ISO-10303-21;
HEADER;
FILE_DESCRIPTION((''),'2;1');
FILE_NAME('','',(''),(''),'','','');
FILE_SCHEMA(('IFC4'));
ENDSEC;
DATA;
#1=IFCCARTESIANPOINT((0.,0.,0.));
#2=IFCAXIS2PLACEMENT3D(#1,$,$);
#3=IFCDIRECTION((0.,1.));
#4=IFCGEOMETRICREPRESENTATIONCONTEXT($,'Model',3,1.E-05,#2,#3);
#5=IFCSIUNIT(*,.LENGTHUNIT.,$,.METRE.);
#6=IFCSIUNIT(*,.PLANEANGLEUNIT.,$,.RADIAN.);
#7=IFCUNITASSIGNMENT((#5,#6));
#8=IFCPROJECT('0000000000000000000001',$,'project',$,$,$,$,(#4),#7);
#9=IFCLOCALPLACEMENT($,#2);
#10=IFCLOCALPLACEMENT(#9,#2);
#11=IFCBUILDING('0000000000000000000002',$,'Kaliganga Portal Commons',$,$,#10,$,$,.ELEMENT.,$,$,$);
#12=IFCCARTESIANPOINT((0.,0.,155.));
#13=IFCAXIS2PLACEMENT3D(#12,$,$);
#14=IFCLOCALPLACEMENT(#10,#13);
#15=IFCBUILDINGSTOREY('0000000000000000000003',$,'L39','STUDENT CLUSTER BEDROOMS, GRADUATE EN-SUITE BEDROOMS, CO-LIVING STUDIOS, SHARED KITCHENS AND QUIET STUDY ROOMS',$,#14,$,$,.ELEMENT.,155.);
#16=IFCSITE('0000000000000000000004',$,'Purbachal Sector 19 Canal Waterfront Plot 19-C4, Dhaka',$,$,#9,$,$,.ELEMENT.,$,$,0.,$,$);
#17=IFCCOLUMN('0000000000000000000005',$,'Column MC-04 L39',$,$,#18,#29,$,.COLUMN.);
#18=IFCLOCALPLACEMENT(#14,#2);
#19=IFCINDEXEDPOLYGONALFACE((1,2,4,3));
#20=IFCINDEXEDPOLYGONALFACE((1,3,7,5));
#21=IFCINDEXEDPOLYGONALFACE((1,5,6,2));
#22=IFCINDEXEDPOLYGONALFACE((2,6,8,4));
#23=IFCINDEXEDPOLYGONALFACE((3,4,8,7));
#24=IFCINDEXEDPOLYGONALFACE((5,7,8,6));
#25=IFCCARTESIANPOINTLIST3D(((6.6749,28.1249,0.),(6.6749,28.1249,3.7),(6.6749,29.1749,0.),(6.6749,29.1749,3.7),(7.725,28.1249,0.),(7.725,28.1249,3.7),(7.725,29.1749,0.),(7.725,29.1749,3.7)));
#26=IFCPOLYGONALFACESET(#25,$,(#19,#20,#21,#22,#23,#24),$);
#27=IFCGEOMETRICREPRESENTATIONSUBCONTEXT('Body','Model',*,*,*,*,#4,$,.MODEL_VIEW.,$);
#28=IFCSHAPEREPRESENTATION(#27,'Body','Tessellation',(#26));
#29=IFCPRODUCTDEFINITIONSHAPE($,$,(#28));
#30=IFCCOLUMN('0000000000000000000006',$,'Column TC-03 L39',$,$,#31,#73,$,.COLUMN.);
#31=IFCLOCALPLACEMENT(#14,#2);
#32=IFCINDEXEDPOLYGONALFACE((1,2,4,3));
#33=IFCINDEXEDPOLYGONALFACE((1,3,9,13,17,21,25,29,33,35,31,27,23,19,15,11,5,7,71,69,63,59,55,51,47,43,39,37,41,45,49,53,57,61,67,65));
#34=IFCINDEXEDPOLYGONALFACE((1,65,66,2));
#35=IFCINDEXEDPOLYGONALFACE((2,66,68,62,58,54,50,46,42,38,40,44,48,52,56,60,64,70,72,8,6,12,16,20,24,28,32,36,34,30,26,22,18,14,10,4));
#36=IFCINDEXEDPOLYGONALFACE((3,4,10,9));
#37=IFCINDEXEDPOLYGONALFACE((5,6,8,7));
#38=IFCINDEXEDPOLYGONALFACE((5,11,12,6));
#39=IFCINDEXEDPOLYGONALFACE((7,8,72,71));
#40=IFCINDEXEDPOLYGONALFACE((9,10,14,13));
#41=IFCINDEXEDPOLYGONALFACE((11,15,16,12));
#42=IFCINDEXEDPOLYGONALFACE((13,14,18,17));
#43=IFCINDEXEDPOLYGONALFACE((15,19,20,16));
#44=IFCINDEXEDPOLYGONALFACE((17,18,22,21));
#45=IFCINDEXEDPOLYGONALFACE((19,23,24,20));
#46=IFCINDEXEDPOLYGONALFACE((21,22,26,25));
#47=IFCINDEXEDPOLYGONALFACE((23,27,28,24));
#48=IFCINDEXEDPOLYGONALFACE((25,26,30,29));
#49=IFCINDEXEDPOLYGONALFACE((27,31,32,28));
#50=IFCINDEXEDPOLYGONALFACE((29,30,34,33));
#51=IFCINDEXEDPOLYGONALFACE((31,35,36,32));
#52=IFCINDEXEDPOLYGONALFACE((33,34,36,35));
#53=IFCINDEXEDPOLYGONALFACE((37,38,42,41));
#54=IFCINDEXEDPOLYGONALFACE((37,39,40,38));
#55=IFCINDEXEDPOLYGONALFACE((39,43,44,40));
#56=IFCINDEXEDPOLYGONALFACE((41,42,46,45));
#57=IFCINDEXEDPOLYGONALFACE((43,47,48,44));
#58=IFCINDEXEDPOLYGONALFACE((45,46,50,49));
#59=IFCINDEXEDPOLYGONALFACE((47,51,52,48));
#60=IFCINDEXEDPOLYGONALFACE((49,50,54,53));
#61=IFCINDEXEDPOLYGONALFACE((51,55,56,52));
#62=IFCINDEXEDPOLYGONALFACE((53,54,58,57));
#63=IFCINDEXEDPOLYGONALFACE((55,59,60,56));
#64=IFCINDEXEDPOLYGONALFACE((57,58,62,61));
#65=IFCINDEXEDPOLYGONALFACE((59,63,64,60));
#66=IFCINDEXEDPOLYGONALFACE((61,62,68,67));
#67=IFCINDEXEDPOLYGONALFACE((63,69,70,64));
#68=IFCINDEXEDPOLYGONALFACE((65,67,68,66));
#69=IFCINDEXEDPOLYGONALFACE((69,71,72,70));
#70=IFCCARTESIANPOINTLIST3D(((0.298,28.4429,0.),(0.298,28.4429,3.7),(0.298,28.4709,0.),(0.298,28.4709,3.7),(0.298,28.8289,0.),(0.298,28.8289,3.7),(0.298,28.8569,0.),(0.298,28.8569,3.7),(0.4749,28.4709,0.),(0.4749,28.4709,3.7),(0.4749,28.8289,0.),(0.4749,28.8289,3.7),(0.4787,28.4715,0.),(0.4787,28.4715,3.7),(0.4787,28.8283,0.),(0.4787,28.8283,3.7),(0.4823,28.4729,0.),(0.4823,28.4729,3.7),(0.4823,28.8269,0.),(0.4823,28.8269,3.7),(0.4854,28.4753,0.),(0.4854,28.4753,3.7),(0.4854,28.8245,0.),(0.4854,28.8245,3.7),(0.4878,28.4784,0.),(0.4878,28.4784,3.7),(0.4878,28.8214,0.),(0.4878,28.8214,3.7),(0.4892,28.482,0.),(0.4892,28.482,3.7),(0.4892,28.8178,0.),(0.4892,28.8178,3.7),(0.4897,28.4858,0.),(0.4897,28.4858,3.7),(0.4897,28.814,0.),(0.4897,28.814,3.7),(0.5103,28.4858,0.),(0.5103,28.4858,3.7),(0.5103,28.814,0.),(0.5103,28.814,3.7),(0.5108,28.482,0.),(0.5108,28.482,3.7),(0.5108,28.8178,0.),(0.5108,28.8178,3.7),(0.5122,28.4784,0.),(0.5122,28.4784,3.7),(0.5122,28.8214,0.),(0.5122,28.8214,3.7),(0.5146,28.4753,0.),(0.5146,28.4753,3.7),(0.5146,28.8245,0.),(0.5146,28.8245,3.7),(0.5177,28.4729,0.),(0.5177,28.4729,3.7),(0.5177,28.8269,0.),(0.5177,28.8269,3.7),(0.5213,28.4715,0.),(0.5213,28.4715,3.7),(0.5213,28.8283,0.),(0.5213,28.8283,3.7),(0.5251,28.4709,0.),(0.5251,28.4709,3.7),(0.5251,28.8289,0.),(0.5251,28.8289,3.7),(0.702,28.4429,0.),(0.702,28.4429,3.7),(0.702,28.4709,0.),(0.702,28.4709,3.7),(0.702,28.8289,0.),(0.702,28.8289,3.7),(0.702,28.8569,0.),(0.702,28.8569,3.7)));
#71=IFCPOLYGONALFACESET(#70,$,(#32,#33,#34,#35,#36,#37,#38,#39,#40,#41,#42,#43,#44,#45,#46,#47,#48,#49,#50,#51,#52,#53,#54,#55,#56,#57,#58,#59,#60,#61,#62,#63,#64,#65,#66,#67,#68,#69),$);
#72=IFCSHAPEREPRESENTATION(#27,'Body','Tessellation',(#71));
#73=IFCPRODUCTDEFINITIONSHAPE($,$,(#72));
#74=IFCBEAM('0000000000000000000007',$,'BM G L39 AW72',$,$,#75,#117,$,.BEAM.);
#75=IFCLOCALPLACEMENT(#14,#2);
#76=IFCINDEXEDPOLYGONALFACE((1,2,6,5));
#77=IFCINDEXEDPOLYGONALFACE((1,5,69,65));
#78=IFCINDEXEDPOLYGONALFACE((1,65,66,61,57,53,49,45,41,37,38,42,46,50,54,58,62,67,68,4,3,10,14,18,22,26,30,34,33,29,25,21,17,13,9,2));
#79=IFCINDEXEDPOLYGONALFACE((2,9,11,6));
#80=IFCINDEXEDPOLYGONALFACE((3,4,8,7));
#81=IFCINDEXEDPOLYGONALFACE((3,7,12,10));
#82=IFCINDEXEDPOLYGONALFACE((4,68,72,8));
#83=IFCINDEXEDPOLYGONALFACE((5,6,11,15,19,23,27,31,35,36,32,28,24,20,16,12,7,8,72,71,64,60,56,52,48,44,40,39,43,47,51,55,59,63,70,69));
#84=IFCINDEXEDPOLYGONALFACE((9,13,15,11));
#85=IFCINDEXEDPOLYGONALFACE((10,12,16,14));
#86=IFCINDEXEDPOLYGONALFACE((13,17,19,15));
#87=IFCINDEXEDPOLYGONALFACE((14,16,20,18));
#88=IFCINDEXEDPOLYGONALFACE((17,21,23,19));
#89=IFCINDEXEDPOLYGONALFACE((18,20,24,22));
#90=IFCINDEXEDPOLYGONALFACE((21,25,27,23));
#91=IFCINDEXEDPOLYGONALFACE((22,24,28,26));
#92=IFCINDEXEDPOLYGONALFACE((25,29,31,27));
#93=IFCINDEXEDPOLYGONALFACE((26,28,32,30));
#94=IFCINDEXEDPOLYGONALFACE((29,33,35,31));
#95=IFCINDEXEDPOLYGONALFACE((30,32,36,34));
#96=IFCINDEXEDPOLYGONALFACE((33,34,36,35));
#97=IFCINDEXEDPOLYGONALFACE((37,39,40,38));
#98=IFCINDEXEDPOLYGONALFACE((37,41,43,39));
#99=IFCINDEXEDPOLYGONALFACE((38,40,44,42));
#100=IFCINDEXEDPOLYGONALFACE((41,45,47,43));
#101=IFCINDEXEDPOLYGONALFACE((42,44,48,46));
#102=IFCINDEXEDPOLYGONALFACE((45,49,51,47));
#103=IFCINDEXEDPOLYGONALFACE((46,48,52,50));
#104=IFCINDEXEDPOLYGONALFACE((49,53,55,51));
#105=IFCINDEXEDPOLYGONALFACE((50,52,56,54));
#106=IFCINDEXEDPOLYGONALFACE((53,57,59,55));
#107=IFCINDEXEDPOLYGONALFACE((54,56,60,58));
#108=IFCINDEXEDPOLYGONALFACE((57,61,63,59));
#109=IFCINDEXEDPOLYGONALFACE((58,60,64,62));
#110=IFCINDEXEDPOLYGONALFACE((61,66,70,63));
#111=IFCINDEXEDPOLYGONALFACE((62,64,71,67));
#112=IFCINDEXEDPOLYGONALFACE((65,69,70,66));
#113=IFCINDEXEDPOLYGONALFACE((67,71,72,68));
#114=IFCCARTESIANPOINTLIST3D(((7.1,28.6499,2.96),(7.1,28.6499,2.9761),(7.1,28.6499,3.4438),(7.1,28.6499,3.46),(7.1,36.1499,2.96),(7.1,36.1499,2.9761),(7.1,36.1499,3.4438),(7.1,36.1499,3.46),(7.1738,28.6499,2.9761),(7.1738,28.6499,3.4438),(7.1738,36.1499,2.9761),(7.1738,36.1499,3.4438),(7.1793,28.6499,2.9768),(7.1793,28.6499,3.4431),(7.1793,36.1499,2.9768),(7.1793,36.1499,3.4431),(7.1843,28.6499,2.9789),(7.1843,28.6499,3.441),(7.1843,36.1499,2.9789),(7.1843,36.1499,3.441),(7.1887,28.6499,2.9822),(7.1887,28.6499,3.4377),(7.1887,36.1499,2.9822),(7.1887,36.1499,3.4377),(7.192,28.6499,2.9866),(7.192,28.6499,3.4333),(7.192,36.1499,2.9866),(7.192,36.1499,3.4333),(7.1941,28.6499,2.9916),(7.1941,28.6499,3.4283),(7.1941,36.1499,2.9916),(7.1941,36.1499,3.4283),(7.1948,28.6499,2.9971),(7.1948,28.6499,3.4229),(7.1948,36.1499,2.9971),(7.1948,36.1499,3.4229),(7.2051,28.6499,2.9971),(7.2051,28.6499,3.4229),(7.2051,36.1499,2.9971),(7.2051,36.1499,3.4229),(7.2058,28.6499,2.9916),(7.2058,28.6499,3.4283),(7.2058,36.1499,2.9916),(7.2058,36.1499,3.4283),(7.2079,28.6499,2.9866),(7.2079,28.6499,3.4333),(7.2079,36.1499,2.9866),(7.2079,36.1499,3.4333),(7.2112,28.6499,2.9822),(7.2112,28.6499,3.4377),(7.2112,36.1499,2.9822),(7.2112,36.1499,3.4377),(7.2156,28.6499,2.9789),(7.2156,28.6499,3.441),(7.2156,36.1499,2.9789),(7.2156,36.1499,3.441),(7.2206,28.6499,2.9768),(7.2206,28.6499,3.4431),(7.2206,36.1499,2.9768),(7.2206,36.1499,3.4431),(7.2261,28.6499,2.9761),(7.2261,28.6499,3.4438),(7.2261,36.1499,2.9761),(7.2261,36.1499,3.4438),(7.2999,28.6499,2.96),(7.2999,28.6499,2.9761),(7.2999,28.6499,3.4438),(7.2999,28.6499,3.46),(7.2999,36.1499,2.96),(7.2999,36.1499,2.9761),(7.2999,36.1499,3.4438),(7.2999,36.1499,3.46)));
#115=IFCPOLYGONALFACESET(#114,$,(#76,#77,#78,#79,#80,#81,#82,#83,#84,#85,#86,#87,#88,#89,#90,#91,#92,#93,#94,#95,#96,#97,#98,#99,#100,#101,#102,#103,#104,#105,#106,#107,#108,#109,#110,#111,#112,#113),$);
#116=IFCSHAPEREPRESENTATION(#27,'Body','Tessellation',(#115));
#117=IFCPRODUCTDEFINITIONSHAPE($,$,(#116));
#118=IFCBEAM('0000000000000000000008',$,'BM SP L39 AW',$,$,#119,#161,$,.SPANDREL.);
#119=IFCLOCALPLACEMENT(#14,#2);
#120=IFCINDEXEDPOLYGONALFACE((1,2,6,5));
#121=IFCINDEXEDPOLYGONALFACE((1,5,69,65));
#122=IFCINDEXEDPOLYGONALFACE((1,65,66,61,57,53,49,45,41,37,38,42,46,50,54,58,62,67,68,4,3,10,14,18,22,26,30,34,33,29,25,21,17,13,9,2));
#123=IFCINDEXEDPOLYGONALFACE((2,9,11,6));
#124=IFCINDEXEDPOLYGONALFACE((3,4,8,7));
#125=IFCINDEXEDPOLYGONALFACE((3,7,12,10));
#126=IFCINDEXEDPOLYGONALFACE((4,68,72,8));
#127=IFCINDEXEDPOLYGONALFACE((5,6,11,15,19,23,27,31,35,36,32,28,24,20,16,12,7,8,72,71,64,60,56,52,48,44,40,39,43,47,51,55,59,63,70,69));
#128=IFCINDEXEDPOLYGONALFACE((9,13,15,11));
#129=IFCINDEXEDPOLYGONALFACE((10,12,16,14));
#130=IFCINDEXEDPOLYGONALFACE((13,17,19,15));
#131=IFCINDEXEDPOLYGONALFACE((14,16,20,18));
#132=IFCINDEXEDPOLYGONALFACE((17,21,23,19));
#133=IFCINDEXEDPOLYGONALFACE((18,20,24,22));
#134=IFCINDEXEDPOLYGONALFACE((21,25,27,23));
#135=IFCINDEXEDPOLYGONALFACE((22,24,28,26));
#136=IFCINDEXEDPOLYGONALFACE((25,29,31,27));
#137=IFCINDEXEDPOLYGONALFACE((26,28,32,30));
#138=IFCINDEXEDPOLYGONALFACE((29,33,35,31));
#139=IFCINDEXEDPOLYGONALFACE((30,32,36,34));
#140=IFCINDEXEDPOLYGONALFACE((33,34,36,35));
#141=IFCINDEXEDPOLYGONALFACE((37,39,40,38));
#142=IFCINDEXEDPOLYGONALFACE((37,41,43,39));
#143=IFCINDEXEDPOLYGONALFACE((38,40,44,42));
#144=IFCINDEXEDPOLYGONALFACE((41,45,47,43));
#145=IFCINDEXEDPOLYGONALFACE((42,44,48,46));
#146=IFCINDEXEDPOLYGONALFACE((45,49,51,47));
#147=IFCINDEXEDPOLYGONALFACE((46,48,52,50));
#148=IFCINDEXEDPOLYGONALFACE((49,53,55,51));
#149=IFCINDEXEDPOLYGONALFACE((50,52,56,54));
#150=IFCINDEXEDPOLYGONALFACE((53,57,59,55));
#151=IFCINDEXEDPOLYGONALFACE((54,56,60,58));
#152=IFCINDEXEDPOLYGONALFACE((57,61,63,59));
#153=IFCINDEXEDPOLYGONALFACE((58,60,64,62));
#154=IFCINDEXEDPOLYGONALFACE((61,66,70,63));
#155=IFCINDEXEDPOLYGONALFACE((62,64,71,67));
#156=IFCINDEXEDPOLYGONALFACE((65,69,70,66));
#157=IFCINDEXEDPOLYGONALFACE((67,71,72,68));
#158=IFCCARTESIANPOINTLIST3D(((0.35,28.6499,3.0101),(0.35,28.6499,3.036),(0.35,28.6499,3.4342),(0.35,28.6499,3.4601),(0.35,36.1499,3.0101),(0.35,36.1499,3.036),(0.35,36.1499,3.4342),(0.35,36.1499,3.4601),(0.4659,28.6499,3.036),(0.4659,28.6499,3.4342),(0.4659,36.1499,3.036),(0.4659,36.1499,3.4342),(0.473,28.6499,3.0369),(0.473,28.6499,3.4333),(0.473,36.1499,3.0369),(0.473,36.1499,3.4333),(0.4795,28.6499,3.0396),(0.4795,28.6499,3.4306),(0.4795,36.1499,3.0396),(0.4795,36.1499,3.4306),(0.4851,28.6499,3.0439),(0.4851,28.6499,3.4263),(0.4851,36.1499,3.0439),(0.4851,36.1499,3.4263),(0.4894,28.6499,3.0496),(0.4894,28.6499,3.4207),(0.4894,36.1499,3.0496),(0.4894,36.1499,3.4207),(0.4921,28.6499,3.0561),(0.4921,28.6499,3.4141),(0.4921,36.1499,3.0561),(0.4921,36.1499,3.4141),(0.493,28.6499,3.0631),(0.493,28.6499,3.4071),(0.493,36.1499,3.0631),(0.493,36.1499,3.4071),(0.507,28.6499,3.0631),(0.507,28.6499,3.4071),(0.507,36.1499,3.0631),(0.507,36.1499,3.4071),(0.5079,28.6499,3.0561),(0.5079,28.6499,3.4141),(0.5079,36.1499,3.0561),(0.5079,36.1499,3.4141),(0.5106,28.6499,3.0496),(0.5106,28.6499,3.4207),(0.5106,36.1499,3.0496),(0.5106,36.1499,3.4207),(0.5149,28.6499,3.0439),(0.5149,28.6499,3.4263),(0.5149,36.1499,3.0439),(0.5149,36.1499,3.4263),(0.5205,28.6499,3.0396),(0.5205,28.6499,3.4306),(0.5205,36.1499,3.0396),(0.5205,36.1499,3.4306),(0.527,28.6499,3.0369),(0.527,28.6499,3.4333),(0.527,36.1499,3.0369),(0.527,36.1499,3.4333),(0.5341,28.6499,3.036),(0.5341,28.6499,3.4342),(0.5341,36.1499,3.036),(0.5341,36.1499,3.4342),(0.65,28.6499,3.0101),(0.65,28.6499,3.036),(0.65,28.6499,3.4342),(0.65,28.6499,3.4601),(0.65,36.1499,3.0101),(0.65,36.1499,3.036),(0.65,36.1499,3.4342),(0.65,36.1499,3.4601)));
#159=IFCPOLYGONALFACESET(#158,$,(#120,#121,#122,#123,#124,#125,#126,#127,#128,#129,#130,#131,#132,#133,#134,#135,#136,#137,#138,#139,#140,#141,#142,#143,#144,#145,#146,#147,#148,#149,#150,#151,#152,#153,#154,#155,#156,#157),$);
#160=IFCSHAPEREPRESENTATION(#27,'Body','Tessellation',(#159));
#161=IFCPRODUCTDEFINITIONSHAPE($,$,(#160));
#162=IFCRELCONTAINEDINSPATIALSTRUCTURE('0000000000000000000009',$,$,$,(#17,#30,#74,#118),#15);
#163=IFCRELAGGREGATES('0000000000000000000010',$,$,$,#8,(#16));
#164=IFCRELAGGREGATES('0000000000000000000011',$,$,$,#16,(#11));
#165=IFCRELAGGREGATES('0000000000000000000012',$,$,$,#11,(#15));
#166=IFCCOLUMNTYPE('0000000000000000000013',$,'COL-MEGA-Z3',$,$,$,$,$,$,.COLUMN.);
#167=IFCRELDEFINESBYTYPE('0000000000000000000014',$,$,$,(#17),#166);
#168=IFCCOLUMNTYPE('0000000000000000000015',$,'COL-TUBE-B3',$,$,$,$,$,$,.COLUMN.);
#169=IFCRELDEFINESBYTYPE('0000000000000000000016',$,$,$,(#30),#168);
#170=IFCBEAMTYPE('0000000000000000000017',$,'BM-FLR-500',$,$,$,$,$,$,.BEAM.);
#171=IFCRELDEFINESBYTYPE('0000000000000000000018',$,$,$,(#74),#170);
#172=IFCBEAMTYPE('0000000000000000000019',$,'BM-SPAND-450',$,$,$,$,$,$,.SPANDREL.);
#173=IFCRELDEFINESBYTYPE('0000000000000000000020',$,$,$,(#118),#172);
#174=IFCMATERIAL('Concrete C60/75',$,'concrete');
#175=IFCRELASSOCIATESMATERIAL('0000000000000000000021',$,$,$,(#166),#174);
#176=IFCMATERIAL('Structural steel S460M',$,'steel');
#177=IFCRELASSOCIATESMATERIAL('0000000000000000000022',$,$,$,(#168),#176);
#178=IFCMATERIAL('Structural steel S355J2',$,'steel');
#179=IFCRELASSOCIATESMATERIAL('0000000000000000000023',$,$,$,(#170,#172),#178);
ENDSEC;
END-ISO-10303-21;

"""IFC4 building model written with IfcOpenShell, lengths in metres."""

from ifc_helpers import new_model, si_unit, direction, frame, origin, origin_2d, place, context, subcontext, project, spatial, rectangle, i_section, extrude, source, transform, mapped, material, material_profile, profile_set, type_object, element, save


model = new_model("IFC4")

# Units and contexts
model_context = context("Model", 3, precision=1e-05, world=origin(), true_north=direction((0.0, 1.0)))
body_context = subcontext(model_context, "Body", "Model", "MODEL_VIEW")
ifc_project = project(units=[si_unit("LENGTHUNIT", "METRE"), si_unit("PLANEANGLEUNIT", "RADIAN")], contexts=[model_context])

# Site, building, storey
site_placement = place(None, origin())
site = spatial("IfcSite", under=ifc_project, at=site_placement, Name="Purbachal Sector 19 Canal Waterfront Plot 19-C4, Dhaka", CompositionType="ELEMENT", RefElevation=0.0)
building_placement = place(site_placement, origin())
building = spatial("IfcBuilding", under=site, at=building_placement, Name="Kaliganga Portal Commons", CompositionType="ELEMENT")
storey_placement = place(building_placement, frame((0.0, 0.0, 155.0)))
storey = spatial("IfcBuildingStorey", under=building, at=storey_placement, Name="L39", Description="STUDENT CLUSTER BEDROOMS, GRADUATE EN-SUITE BEDROOMS, CO-LIVING STUDIOS, SHARED KITCHENS AND QUIET STUDY ROOMS", CompositionType="ELEMENT", Elevation=155.0)

# Columns
ifc_material_1 = material(Name="Concrete C60/75", Category="concrete")
ifc_material_profile_1 = material_profile(ifc_material_1, rectangle(XDim=1.05, YDim=1.05, at=origin_2d()), Name="RC 1050x1050")
ifc_profile_set_1 = profile_set([ifc_material_profile_1], Name="Concrete C60/75")
column_type_1 = type_object("IfcColumnType", Name="COL-MEGA-Z3", PredefinedType="COLUMN", material=ifc_profile_set_1)
shared_shape_1 = source(origin(), body_context, "Body", "SweptSolid", [
    extrude(rectangle(XDim=1.05, YDim=1.05, at=origin_2d()), origin(), (0.0, 0.0, 1.0), 3.7),
])
column_1_placement = place(storey_placement, frame((7.2, 28.6499, 0.0), z_axis=(0.0, 0.0, 1.0), x_axis=(1.0, 0.0, 0.0)))
element("IfcColumn", 1, at=column_1_placement, inside=storey, type_object=column_type_1, Name="Column MC-04 L39", PredefinedType="COLUMN", context=body_context, shape_type="MappedRepresentation", body=[
    mapped(shared_shape_1, transform((0.0, 0.0, 0.0), x_axis=(1.0, 0.0, 0.0), y_axis=(0.0, 1.0, 0.0), z_axis=(0.0, 0.0, 1.0), scale=1.0)),
])
ifc_material_2 = material(Name="Structural steel S460M", Category="steel")
ifc_material_profile_2 = material_profile(ifc_material_2, i_section(OverallWidth=0.4041, OverallDepth=0.4141, WebThickness=0.0205, FlangeThickness=0.0281, FilletRadius=0.0149, at=origin_2d()), Name="HD 400x347")
ifc_profile_set_2 = profile_set([ifc_material_profile_2], Name="Structural steel S460M wide-flange")
column_type_2 = type_object("IfcColumnType", Name="COL-TUBE-B3", PredefinedType="COLUMN", material=ifc_profile_set_2)
shared_shape_2 = source(origin(), body_context, "Body", "SweptSolid", [
    extrude(i_section(OverallWidth=0.4041, OverallDepth=0.4141, WebThickness=0.0205, FlangeThickness=0.0281, FilletRadius=0.0149, at=origin_2d()), origin(), (0.0, 0.0, 1.0), 3.7),
])
column_2_placement = place(storey_placement, frame((0.5, 28.6499, 0.0), z_axis=(0.0, 0.0, 1.0), x_axis=(1.0, 0.0, 0.0)))
element("IfcColumn", 2, at=column_2_placement, inside=storey, type_object=column_type_2, Name="Column TC-03 L39", PredefinedType="COLUMN", context=body_context, shape_type="MappedRepresentation", body=[
    mapped(shared_shape_2, transform((0.0, 0.0, 0.0), x_axis=(1.0, 0.0, 0.0), y_axis=(0.0, 1.0, 0.0), z_axis=(0.0, 0.0, 1.0), scale=1.0)),
])

# Beams
ifc_material_3 = material(Name="Structural steel S355J2", Category="steel")
ifc_material_profile_3 = material_profile(ifc_material_3, i_section(OverallWidth=0.2, OverallDepth=0.5, WebThickness=0.0103, FlangeThickness=0.0161, FilletRadius=0.021, at=origin_2d()), Name="IPE 500")
ifc_profile_set_3 = profile_set([ifc_material_profile_3], Name="Structural steel S355J2 wide-flange")
beam_type_1 = type_object("IfcBeamType", Name="BM-FLR-500", PredefinedType="BEAM", material=ifc_profile_set_3)
shared_shape_3 = source(origin(), body_context, "Body", "SweptSolid", [
    extrude(i_section(OverallWidth=0.2, OverallDepth=0.5, WebThickness=0.0103, FlangeThickness=0.0161, FilletRadius=0.021, at=origin_2d()), origin(), (0.0, 0.0, 1.0), 7.5),
])
beam_1_placement = place(storey_placement, frame((7.2, 28.6499, 3.21), z_axis=(0.0, 1.0, 0.0), x_axis=(-1.0, 0.0, 0.0)))
element("IfcBeam", 3, at=beam_1_placement, inside=storey, type_object=beam_type_1, Name="BM G L39 AW72", PredefinedType="BEAM", context=body_context, shape_type="MappedRepresentation", body=[
    mapped(shared_shape_3, transform((0.0, 0.0, 0.0), x_axis=(1.0, 0.0, 0.0), y_axis=(0.0, 1.0, 0.0), z_axis=(0.0, 0.0, 1.0), scale=1.0)),
])
ifc_material_profile_4 = material_profile(ifc_material_3, i_section(OverallWidth=0.3, OverallDepth=0.45, WebThickness=0.0139, FlangeThickness=0.0259, FilletRadius=0.0271, at=origin_2d()), Name="HE 450 B")
ifc_profile_set_4 = profile_set([ifc_material_profile_4], Name="Structural steel S355J2 wide-flange")
beam_type_2 = type_object("IfcBeamType", Name="BM-SPAND-450", PredefinedType="SPANDREL", material=ifc_profile_set_4)
shared_shape_4 = source(origin(), body_context, "Body", "SweptSolid", [
    extrude(i_section(OverallWidth=0.3, OverallDepth=0.45, WebThickness=0.0139, FlangeThickness=0.0259, FilletRadius=0.0271, at=origin_2d()), origin(), (0.0, 0.0, 1.0), 7.5),
])
beam_2_placement = place(storey_placement, frame((0.5, 28.6499, 3.2351), z_axis=(0.0, 1.0, 0.0), x_axis=(-1.0, 0.0, 0.0)))
element("IfcBeam", 4, at=beam_2_placement, inside=storey, type_object=beam_type_2, Name="BM SP L39 AW", PredefinedType="SPANDREL", context=body_context, shape_type="MappedRepresentation", body=[
    mapped(shared_shape_4, transform((0.0, 0.0, 0.0), x_axis=(1.0, 0.0, 0.0), y_axis=(0.0, 1.0, 0.0), z_axis=(0.0, 0.0, 1.0), scale=1.0)),
])

save(model, "model.ifc")
